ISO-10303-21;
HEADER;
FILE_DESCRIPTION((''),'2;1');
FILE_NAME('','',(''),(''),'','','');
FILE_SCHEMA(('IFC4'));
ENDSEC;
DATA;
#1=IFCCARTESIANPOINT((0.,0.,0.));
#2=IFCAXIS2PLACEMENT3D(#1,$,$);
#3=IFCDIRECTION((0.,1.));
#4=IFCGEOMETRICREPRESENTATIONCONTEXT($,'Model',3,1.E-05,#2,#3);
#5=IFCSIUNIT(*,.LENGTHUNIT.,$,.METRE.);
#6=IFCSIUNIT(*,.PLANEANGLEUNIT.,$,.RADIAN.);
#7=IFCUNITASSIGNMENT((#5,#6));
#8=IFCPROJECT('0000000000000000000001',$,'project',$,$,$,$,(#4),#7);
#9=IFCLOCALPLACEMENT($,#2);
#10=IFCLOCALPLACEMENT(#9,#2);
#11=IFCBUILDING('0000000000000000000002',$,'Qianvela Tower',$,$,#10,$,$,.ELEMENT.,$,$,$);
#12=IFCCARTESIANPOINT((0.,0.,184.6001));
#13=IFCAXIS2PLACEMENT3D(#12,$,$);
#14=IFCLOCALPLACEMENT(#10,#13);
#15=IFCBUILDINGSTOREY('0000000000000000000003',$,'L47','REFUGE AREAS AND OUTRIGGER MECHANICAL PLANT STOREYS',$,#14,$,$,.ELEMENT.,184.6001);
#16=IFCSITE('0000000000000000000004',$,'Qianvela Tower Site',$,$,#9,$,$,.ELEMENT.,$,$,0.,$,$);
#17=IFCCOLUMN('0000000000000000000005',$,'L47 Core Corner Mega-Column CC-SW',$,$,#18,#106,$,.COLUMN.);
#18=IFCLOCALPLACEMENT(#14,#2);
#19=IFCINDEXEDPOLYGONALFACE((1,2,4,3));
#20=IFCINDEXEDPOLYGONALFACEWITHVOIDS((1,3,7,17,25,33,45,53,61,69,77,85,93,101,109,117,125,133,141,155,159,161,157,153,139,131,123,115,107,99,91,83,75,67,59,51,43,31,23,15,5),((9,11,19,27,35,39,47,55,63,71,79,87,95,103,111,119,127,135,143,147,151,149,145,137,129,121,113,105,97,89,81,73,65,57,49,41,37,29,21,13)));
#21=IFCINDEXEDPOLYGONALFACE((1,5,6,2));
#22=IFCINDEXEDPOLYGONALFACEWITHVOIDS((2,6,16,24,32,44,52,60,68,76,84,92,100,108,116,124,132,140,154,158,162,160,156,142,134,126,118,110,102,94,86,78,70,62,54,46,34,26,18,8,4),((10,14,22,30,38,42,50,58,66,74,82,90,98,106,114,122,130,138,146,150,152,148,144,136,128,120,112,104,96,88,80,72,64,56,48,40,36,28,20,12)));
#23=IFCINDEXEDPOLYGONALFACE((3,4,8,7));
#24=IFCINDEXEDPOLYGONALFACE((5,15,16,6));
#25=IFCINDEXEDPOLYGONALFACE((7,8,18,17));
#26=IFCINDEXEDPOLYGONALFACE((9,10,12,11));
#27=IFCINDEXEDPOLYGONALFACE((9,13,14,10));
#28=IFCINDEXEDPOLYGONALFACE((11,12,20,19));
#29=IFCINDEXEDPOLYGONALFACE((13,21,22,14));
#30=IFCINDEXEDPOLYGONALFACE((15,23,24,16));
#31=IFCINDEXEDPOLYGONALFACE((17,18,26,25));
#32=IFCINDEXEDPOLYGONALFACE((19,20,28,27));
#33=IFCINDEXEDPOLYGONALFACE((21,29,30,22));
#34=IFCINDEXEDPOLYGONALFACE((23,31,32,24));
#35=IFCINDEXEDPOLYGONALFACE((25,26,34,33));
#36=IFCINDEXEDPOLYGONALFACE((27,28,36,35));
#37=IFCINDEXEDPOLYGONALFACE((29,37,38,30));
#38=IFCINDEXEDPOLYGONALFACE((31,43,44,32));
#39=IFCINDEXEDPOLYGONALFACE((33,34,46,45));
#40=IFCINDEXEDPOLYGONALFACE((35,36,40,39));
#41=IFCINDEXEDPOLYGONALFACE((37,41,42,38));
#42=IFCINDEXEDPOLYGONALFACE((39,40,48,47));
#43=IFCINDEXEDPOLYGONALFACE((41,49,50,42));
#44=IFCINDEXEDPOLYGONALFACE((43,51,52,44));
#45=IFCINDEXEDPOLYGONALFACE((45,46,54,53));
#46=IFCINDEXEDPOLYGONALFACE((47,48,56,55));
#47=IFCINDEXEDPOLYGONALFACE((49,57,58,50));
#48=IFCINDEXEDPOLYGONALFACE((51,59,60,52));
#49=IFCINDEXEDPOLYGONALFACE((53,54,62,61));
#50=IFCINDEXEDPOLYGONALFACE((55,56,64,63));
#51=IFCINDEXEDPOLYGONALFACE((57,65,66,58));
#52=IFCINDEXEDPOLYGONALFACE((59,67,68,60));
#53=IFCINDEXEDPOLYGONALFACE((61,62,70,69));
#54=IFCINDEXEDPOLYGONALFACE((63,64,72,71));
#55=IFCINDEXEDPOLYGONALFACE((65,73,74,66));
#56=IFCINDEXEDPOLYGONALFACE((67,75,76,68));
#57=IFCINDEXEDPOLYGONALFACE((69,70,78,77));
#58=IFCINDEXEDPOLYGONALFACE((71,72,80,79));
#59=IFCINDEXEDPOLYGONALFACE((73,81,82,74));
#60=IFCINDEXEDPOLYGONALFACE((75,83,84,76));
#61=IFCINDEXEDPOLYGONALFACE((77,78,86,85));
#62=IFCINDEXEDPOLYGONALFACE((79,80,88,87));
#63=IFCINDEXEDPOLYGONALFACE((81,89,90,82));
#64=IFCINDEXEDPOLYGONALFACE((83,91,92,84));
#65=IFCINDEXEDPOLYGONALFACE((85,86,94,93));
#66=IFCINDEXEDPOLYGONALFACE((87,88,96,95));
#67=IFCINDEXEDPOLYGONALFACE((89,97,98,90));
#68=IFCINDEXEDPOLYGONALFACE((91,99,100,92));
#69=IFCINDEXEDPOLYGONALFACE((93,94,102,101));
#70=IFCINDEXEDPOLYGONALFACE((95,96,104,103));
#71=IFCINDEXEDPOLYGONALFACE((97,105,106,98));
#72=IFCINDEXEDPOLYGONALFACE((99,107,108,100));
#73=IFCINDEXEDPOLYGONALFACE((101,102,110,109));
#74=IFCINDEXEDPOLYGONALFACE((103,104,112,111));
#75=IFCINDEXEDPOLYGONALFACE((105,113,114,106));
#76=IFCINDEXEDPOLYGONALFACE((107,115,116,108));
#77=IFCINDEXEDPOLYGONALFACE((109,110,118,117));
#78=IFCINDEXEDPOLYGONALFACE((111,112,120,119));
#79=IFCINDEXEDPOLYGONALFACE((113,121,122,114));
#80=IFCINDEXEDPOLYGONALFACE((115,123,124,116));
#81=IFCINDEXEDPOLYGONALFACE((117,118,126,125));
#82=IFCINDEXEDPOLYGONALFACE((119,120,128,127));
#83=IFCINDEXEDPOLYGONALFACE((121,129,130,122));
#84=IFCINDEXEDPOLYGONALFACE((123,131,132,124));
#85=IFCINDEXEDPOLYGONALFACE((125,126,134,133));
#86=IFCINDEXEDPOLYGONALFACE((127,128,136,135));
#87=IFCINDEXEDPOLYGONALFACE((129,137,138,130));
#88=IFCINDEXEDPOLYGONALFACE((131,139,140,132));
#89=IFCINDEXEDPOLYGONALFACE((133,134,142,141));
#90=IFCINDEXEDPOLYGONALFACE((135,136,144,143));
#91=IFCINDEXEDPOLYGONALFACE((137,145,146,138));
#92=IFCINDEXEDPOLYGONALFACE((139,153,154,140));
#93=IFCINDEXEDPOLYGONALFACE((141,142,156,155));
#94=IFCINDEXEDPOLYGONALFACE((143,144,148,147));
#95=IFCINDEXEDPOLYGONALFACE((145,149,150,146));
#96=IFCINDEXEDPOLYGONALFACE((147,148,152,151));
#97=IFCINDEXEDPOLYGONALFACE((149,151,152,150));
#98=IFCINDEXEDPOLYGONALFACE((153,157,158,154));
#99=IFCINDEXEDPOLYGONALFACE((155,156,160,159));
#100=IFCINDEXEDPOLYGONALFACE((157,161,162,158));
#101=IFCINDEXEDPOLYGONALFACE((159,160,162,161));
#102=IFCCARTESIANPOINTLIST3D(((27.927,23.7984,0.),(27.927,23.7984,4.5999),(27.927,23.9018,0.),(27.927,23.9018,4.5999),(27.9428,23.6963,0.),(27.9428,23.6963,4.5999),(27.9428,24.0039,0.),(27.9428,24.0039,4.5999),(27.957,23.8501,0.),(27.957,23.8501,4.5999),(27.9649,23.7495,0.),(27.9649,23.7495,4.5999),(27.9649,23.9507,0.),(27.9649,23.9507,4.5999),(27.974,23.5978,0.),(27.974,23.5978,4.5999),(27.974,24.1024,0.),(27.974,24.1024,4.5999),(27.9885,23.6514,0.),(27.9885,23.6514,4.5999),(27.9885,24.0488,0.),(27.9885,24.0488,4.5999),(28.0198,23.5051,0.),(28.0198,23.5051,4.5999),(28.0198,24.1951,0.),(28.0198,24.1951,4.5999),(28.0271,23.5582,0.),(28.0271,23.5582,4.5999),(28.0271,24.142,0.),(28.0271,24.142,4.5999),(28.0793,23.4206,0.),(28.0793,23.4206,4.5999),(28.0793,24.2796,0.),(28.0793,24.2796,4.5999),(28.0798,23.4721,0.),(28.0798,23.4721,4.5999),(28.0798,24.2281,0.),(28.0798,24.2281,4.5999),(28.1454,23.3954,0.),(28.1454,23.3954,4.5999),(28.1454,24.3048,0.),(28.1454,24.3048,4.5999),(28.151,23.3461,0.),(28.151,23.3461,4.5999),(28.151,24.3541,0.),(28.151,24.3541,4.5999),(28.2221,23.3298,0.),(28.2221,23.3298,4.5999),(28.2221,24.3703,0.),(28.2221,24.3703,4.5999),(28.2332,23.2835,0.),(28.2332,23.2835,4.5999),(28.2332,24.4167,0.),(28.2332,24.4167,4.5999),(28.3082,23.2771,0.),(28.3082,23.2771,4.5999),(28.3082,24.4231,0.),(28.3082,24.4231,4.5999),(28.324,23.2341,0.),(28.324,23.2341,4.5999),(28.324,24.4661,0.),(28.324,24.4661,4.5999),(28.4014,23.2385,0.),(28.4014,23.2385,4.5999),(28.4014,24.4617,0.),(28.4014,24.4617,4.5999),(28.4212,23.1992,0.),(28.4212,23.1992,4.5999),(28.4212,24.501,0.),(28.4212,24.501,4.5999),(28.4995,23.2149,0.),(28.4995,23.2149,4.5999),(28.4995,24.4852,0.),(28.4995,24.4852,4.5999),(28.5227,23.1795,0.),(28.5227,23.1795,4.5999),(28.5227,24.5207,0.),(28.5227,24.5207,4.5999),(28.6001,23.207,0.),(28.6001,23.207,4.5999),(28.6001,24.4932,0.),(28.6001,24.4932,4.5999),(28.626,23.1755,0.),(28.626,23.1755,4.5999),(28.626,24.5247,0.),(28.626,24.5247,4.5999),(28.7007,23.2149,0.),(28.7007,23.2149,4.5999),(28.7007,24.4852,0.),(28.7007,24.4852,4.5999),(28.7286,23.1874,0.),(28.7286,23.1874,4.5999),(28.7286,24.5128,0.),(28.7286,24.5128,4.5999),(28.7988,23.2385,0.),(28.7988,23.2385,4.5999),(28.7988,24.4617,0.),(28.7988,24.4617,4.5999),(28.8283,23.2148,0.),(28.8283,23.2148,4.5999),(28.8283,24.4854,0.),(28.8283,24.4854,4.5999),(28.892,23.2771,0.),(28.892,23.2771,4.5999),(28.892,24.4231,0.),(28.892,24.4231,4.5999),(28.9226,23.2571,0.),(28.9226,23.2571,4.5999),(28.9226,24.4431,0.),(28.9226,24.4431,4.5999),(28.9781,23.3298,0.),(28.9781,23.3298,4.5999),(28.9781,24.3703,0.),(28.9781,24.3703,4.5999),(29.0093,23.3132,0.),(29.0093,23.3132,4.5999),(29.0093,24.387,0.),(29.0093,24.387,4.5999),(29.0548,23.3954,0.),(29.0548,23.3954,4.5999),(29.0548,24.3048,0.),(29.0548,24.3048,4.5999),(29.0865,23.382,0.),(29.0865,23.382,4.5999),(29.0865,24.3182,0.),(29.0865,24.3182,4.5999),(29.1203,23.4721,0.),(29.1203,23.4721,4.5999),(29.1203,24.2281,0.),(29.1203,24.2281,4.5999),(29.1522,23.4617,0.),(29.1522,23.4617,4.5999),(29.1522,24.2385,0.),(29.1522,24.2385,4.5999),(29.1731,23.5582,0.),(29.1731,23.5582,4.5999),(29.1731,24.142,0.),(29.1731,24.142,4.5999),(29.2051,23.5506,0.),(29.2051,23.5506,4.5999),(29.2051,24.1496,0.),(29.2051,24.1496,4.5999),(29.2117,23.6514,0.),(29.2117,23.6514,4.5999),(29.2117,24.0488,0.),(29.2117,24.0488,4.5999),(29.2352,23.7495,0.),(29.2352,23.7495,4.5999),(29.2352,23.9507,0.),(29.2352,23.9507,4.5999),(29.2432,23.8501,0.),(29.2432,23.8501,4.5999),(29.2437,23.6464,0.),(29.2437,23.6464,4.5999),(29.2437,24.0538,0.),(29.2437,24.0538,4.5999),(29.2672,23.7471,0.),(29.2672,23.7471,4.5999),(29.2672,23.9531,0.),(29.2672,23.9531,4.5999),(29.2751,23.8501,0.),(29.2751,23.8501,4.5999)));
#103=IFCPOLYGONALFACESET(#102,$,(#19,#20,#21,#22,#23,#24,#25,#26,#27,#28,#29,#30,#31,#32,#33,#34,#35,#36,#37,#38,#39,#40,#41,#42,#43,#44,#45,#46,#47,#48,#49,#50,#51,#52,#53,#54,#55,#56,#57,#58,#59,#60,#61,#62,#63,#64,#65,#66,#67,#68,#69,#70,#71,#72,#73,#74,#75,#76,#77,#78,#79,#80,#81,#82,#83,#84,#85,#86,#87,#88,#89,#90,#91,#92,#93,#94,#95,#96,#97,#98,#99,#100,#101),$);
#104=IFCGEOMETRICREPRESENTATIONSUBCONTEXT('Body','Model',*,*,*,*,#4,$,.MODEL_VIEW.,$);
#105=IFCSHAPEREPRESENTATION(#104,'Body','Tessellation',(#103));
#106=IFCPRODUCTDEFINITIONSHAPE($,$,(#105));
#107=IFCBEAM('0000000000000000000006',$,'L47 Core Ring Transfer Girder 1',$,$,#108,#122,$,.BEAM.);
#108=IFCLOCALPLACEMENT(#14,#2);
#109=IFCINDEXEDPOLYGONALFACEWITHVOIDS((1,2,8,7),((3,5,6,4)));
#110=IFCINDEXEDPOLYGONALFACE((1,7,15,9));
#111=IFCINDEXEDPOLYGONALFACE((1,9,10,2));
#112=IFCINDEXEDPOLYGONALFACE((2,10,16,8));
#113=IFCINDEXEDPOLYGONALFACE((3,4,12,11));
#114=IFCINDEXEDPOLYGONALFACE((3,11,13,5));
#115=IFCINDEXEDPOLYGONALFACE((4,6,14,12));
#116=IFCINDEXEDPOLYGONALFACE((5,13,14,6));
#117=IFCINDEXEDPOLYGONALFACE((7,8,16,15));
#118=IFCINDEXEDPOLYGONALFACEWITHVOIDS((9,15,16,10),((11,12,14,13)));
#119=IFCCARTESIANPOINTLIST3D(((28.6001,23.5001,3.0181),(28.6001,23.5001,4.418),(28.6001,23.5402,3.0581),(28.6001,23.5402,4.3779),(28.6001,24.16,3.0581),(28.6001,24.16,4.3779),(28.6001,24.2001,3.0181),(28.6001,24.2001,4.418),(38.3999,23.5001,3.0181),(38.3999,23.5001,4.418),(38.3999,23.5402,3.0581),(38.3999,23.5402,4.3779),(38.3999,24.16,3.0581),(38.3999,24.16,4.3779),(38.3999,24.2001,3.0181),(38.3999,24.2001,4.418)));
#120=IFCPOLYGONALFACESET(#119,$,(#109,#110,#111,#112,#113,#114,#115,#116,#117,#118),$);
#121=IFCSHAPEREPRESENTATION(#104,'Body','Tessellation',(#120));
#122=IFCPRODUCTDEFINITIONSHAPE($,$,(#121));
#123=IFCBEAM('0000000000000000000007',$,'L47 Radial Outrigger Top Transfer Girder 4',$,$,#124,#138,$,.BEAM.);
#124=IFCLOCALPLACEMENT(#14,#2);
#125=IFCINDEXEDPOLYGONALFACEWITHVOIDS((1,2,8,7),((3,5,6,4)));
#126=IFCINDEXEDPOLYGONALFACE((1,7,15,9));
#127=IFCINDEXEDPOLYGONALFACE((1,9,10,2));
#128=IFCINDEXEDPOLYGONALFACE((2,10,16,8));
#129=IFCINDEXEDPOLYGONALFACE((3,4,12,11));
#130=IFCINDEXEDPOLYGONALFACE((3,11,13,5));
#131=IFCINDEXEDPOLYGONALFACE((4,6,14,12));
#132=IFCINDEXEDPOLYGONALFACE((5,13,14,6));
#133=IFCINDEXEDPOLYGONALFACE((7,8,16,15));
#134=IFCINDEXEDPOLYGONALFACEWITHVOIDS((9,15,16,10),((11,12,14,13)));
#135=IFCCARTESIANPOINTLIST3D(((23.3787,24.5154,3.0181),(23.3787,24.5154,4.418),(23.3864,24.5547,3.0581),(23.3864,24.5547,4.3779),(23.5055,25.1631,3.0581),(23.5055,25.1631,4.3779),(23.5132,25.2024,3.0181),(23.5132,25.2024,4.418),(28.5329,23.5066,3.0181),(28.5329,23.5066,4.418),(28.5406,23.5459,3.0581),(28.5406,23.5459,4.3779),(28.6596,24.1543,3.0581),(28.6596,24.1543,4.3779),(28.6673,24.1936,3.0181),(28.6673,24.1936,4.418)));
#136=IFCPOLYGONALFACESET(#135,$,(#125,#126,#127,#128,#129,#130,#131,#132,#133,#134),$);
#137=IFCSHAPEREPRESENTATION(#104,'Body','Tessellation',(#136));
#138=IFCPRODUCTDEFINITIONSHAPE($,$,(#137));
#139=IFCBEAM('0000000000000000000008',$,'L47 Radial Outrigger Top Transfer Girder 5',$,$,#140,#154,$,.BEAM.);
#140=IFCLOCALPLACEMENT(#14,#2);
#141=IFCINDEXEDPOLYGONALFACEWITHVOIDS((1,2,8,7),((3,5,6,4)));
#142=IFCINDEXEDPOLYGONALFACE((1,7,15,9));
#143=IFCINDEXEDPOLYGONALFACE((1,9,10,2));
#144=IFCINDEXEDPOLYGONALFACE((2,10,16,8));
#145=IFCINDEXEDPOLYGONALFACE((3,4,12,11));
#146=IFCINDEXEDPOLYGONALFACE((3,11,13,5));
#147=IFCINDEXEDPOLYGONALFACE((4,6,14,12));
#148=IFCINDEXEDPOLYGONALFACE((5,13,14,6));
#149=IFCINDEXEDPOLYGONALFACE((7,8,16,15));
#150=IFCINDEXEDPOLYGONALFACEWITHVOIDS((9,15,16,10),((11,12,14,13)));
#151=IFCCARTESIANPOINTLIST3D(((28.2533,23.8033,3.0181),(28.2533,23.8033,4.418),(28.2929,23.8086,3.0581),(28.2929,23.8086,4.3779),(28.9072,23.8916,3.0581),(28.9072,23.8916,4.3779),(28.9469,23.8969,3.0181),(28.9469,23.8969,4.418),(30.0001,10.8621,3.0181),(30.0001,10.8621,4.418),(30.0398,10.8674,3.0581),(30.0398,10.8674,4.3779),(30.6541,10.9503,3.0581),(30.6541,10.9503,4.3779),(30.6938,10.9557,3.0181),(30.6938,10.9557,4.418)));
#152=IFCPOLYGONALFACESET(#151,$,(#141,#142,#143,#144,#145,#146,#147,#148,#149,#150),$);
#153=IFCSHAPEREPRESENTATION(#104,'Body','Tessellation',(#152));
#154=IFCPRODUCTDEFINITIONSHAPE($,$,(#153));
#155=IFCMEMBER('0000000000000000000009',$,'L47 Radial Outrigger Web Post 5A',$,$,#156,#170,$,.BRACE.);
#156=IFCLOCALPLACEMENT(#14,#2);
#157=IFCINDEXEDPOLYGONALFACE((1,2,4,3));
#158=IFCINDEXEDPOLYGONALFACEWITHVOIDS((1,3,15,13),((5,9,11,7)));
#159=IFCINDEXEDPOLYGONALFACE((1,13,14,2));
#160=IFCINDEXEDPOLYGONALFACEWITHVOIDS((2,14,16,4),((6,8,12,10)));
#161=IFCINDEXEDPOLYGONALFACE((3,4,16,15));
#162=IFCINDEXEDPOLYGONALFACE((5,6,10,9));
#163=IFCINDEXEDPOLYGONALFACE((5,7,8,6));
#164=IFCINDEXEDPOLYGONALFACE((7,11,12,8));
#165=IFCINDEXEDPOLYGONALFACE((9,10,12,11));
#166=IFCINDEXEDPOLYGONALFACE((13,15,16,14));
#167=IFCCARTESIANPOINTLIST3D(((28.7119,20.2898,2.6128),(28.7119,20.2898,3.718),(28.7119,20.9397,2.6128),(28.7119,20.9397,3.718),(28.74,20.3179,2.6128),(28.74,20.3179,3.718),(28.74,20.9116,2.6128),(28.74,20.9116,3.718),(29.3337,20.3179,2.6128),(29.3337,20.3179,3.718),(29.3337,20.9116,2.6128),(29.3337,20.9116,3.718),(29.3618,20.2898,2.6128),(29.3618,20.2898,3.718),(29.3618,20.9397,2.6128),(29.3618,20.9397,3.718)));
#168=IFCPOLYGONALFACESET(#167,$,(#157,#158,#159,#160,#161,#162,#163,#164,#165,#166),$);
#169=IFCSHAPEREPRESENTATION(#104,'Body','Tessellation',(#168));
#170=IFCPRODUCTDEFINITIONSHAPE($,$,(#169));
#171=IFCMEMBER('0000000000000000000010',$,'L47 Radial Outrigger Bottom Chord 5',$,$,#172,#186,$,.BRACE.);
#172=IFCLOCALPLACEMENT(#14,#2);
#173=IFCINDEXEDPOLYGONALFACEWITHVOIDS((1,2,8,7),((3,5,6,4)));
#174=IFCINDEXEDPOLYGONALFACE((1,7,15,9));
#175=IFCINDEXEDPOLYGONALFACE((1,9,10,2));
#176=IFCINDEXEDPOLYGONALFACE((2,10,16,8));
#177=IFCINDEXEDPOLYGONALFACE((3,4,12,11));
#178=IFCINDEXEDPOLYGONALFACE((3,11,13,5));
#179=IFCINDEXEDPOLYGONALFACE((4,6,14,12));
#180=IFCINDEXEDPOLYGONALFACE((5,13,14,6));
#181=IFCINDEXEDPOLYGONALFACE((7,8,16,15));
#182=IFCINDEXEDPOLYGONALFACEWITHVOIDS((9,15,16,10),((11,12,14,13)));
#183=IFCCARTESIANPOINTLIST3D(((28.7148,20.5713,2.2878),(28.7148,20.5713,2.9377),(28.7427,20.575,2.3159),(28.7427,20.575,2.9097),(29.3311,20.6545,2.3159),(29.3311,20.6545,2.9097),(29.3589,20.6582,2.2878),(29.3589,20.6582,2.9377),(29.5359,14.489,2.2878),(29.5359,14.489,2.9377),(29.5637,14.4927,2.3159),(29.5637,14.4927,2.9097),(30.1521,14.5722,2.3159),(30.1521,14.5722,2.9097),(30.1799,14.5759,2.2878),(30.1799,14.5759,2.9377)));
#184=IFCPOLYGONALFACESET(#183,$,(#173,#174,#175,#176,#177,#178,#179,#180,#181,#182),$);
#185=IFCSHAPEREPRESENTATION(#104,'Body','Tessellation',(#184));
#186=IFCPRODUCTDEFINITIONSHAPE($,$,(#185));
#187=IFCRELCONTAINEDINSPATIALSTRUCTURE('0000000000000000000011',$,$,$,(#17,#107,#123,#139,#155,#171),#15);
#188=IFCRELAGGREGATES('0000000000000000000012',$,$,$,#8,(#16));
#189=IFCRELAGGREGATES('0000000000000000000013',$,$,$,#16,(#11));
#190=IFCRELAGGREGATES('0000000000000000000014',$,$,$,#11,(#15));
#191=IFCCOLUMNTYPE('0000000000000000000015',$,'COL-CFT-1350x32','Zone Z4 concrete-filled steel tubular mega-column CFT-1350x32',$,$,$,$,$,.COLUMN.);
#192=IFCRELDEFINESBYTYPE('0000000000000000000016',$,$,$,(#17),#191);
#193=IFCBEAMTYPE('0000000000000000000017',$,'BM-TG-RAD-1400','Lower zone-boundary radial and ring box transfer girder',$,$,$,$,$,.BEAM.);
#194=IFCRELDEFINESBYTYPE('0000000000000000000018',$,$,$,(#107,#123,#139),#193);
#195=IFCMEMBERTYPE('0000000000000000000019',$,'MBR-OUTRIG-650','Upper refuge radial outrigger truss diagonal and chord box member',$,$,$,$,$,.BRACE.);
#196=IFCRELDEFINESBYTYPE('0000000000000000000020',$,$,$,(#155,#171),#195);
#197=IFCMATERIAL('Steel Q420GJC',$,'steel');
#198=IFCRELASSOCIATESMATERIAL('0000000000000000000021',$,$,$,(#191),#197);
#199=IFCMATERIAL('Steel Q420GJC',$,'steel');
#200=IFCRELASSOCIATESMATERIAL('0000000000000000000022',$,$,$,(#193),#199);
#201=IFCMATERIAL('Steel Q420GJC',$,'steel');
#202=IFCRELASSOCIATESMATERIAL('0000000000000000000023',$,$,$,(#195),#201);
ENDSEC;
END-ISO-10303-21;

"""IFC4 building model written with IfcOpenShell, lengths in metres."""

from ifc_helpers import new_model, si_unit, direction, frame, origin, origin_2d, place, context, subcontext, project, spatial, hollow_rectangle, hollow_circle, extrude, material, material_profile, profile_set, type_object, element, save


model = new_model("IFC4")

# Units and contexts
model_context = context("Model", 3, precision=1e-05, world=origin(), true_north=direction((0.0, 1.0)))
body_context = subcontext(model_context, "Body", "Model", "MODEL_VIEW")
ifc_project = project(units=[si_unit("LENGTHUNIT", "METRE"), si_unit("PLANEANGLEUNIT", "RADIAN")], contexts=[model_context])

# Site, building, storey
site_placement = place(None, origin())
site = spatial("IfcSite", under=ifc_project, at=site_placement, Name="Qianvela Tower Site", CompositionType="ELEMENT", RefElevation=0.0)
building_placement = place(site_placement, origin())
building = spatial("IfcBuilding", under=site, at=building_placement, Name="Qianvela Tower", CompositionType="ELEMENT")
storey_placement = place(building_placement, frame((0.0, 0.0, 184.6001)))
storey = spatial("IfcBuildingStorey", under=building, at=storey_placement, Name="L47", Description="REFUGE AREAS AND OUTRIGGER MECHANICAL PLANT STOREYS", CompositionType="ELEMENT", Elevation=184.6001)

# Column
ifc_material_1 = material(Name="Steel Q420GJC", Category="steel")
ifc_material_profile_1 = material_profile(ifc_material_1, hollow_circle(Radius=0.675, WallThickness=0.032, at=origin_2d()), Name="CFT-1350x32")
ifc_profile_set_1 = profile_set([ifc_material_profile_1], Name="Steel Q420GJC")
column_type = type_object("IfcColumnType", Name="COL-CFT-1350x32", Description="Zone Z4 concrete-filled steel tubular mega-column CFT-1350x32", PredefinedType="COLUMN", material=ifc_profile_set_1)
column_placement = place(storey_placement, frame((28.6001, 23.8501, 0.0), z_axis=(0.0, 0.0, 1.0), x_axis=(1.0, 0.0, 0.0)))
element("IfcColumn", 1, at=column_placement, inside=storey, type_object=column_type, Name="L47 Core Corner Mega-Column CC-SW", PredefinedType="COLUMN", context=body_context, shape_type="SweptSolid", body=[
    extrude(hollow_circle(Radius=0.675, WallThickness=0.032, at=origin_2d()), origin(), (0.0, 0.0, 1.0), 4.5999),
])

# Beams
ifc_material_2 = material(Name="Steel Q420GJC", Category="steel")
ifc_material_profile_2 = material_profile(ifc_material_2, hollow_rectangle(XDim=0.7, YDim=1.3999, WallThickness=0.04, at=origin_2d()), Name="TG-BOX-1400x700x40")
ifc_profile_set_2 = profile_set([ifc_material_profile_2], Name="Steel Q420GJC")
beam_type = type_object("IfcBeamType", Name="BM-TG-RAD-1400", Description="Lower zone-boundary radial and ring box transfer girder", PredefinedType="BEAM", material=ifc_profile_set_2)
beam_1_placement = place(storey_placement, frame((28.6001, 23.8501, 3.718), z_axis=(1.0, 0.0, 0.0), x_axis=(0.0, 1.0, 0.0)))
element("IfcBeam", 2, at=beam_1_placement, inside=storey, type_object=beam_type, Name="L47 Core Ring Transfer Girder 1", PredefinedType="BEAM", context=body_context, shape_type="SweptSolid", body=[
    extrude(hollow_rectangle(XDim=0.7, YDim=1.3999, WallThickness=0.04, at=origin_2d()), origin(), (0.0, 0.0, 1.0), 9.7998),
])
beam_2_placement = place(storey_placement, frame((28.6001, 23.8501, 3.718), z_axis=(-0.981379, 0.192083, 0.0), x_axis=(-0.192083, -0.981379, 0.0)))
element("IfcBeam", 3, at=beam_2_placement, inside=storey, type_object=beam_type, Name="L47 Radial Outrigger Top Transfer Girder 4", PredefinedType="BEAM", context=body_context, shape_type="SweptSolid", body=[
    extrude(hollow_rectangle(XDim=0.7, YDim=1.3999, WallThickness=0.04, at=origin_2d()), origin(), (0.0, 0.0, 1.0), 5.252),
])
beam_3_placement = place(storey_placement, frame((28.6001, 23.8501, 3.718), z_axis=(0.133769, -0.991013, 0.0), x_axis=(0.991013, 0.133769, 0.0)))
element("IfcBeam", 4, at=beam_3_placement, inside=storey, type_object=beam_type, Name="L47 Radial Outrigger Top Transfer Girder 5", PredefinedType="BEAM", context=body_context, shape_type="SweptSolid", body=[
    extrude(hollow_rectangle(XDim=0.7, YDim=1.3999, WallThickness=0.04, at=origin_2d()), origin(), (0.0, 0.0, 1.0), 13.0586),
])

# Members
ifc_material_3 = material(Name="Steel Q420GJC", Category="steel")
ifc_material_profile_3 = material_profile(ifc_material_3, hollow_rectangle(XDim=0.6499, YDim=0.6499, WallThickness=0.0281, at=origin_2d()), Name="OBOX-650x650x28")
ifc_profile_set_3 = profile_set([ifc_material_profile_3], Name="Steel Q420GJC")
member_type = type_object("IfcMemberType", Name="MBR-OUTRIG-650", Description="Upper refuge radial outrigger truss diagonal and chord box member", PredefinedType="BRACE", material=ifc_profile_set_3)
member_1_placement = place(storey_placement, frame((29.0369, 20.6147, 2.6128), z_axis=(0.0, 0.0, 1.0), x_axis=(1.0, 0.0, 0.0)))
element("IfcMember", 5, at=member_1_placement, inside=storey, type_object=member_type, Name="L47 Radial Outrigger Web Post 5A", PredefinedType="BRACE", context=body_context, shape_type="SweptSolid", body=[
    extrude(hollow_rectangle(XDim=0.6499, YDim=0.6499, WallThickness=0.0281, at=origin_2d()), origin(), (0.0, 0.0, 1.0), 1.1052),
])
member_2_placement = place(storey_placement, frame((29.0369, 20.6147, 2.6128), z_axis=(0.133776, -0.991012, 0.0), x_axis=(0.991012, 0.133776, 0.0)))
element("IfcMember", 6, at=member_2_placement, inside=storey, type_object=member_type, Name="L47 Radial Outrigger Bottom Chord 5", PredefinedType="BRACE", context=body_context, shape_type="SweptSolid", body=[
    extrude(hollow_rectangle(XDim=0.6499, YDim=0.6499, WallThickness=0.0281, at=origin_2d()), origin(), (0.0, 0.0, 1.0), 6.1375),
])

save(model, "model.ifc")
